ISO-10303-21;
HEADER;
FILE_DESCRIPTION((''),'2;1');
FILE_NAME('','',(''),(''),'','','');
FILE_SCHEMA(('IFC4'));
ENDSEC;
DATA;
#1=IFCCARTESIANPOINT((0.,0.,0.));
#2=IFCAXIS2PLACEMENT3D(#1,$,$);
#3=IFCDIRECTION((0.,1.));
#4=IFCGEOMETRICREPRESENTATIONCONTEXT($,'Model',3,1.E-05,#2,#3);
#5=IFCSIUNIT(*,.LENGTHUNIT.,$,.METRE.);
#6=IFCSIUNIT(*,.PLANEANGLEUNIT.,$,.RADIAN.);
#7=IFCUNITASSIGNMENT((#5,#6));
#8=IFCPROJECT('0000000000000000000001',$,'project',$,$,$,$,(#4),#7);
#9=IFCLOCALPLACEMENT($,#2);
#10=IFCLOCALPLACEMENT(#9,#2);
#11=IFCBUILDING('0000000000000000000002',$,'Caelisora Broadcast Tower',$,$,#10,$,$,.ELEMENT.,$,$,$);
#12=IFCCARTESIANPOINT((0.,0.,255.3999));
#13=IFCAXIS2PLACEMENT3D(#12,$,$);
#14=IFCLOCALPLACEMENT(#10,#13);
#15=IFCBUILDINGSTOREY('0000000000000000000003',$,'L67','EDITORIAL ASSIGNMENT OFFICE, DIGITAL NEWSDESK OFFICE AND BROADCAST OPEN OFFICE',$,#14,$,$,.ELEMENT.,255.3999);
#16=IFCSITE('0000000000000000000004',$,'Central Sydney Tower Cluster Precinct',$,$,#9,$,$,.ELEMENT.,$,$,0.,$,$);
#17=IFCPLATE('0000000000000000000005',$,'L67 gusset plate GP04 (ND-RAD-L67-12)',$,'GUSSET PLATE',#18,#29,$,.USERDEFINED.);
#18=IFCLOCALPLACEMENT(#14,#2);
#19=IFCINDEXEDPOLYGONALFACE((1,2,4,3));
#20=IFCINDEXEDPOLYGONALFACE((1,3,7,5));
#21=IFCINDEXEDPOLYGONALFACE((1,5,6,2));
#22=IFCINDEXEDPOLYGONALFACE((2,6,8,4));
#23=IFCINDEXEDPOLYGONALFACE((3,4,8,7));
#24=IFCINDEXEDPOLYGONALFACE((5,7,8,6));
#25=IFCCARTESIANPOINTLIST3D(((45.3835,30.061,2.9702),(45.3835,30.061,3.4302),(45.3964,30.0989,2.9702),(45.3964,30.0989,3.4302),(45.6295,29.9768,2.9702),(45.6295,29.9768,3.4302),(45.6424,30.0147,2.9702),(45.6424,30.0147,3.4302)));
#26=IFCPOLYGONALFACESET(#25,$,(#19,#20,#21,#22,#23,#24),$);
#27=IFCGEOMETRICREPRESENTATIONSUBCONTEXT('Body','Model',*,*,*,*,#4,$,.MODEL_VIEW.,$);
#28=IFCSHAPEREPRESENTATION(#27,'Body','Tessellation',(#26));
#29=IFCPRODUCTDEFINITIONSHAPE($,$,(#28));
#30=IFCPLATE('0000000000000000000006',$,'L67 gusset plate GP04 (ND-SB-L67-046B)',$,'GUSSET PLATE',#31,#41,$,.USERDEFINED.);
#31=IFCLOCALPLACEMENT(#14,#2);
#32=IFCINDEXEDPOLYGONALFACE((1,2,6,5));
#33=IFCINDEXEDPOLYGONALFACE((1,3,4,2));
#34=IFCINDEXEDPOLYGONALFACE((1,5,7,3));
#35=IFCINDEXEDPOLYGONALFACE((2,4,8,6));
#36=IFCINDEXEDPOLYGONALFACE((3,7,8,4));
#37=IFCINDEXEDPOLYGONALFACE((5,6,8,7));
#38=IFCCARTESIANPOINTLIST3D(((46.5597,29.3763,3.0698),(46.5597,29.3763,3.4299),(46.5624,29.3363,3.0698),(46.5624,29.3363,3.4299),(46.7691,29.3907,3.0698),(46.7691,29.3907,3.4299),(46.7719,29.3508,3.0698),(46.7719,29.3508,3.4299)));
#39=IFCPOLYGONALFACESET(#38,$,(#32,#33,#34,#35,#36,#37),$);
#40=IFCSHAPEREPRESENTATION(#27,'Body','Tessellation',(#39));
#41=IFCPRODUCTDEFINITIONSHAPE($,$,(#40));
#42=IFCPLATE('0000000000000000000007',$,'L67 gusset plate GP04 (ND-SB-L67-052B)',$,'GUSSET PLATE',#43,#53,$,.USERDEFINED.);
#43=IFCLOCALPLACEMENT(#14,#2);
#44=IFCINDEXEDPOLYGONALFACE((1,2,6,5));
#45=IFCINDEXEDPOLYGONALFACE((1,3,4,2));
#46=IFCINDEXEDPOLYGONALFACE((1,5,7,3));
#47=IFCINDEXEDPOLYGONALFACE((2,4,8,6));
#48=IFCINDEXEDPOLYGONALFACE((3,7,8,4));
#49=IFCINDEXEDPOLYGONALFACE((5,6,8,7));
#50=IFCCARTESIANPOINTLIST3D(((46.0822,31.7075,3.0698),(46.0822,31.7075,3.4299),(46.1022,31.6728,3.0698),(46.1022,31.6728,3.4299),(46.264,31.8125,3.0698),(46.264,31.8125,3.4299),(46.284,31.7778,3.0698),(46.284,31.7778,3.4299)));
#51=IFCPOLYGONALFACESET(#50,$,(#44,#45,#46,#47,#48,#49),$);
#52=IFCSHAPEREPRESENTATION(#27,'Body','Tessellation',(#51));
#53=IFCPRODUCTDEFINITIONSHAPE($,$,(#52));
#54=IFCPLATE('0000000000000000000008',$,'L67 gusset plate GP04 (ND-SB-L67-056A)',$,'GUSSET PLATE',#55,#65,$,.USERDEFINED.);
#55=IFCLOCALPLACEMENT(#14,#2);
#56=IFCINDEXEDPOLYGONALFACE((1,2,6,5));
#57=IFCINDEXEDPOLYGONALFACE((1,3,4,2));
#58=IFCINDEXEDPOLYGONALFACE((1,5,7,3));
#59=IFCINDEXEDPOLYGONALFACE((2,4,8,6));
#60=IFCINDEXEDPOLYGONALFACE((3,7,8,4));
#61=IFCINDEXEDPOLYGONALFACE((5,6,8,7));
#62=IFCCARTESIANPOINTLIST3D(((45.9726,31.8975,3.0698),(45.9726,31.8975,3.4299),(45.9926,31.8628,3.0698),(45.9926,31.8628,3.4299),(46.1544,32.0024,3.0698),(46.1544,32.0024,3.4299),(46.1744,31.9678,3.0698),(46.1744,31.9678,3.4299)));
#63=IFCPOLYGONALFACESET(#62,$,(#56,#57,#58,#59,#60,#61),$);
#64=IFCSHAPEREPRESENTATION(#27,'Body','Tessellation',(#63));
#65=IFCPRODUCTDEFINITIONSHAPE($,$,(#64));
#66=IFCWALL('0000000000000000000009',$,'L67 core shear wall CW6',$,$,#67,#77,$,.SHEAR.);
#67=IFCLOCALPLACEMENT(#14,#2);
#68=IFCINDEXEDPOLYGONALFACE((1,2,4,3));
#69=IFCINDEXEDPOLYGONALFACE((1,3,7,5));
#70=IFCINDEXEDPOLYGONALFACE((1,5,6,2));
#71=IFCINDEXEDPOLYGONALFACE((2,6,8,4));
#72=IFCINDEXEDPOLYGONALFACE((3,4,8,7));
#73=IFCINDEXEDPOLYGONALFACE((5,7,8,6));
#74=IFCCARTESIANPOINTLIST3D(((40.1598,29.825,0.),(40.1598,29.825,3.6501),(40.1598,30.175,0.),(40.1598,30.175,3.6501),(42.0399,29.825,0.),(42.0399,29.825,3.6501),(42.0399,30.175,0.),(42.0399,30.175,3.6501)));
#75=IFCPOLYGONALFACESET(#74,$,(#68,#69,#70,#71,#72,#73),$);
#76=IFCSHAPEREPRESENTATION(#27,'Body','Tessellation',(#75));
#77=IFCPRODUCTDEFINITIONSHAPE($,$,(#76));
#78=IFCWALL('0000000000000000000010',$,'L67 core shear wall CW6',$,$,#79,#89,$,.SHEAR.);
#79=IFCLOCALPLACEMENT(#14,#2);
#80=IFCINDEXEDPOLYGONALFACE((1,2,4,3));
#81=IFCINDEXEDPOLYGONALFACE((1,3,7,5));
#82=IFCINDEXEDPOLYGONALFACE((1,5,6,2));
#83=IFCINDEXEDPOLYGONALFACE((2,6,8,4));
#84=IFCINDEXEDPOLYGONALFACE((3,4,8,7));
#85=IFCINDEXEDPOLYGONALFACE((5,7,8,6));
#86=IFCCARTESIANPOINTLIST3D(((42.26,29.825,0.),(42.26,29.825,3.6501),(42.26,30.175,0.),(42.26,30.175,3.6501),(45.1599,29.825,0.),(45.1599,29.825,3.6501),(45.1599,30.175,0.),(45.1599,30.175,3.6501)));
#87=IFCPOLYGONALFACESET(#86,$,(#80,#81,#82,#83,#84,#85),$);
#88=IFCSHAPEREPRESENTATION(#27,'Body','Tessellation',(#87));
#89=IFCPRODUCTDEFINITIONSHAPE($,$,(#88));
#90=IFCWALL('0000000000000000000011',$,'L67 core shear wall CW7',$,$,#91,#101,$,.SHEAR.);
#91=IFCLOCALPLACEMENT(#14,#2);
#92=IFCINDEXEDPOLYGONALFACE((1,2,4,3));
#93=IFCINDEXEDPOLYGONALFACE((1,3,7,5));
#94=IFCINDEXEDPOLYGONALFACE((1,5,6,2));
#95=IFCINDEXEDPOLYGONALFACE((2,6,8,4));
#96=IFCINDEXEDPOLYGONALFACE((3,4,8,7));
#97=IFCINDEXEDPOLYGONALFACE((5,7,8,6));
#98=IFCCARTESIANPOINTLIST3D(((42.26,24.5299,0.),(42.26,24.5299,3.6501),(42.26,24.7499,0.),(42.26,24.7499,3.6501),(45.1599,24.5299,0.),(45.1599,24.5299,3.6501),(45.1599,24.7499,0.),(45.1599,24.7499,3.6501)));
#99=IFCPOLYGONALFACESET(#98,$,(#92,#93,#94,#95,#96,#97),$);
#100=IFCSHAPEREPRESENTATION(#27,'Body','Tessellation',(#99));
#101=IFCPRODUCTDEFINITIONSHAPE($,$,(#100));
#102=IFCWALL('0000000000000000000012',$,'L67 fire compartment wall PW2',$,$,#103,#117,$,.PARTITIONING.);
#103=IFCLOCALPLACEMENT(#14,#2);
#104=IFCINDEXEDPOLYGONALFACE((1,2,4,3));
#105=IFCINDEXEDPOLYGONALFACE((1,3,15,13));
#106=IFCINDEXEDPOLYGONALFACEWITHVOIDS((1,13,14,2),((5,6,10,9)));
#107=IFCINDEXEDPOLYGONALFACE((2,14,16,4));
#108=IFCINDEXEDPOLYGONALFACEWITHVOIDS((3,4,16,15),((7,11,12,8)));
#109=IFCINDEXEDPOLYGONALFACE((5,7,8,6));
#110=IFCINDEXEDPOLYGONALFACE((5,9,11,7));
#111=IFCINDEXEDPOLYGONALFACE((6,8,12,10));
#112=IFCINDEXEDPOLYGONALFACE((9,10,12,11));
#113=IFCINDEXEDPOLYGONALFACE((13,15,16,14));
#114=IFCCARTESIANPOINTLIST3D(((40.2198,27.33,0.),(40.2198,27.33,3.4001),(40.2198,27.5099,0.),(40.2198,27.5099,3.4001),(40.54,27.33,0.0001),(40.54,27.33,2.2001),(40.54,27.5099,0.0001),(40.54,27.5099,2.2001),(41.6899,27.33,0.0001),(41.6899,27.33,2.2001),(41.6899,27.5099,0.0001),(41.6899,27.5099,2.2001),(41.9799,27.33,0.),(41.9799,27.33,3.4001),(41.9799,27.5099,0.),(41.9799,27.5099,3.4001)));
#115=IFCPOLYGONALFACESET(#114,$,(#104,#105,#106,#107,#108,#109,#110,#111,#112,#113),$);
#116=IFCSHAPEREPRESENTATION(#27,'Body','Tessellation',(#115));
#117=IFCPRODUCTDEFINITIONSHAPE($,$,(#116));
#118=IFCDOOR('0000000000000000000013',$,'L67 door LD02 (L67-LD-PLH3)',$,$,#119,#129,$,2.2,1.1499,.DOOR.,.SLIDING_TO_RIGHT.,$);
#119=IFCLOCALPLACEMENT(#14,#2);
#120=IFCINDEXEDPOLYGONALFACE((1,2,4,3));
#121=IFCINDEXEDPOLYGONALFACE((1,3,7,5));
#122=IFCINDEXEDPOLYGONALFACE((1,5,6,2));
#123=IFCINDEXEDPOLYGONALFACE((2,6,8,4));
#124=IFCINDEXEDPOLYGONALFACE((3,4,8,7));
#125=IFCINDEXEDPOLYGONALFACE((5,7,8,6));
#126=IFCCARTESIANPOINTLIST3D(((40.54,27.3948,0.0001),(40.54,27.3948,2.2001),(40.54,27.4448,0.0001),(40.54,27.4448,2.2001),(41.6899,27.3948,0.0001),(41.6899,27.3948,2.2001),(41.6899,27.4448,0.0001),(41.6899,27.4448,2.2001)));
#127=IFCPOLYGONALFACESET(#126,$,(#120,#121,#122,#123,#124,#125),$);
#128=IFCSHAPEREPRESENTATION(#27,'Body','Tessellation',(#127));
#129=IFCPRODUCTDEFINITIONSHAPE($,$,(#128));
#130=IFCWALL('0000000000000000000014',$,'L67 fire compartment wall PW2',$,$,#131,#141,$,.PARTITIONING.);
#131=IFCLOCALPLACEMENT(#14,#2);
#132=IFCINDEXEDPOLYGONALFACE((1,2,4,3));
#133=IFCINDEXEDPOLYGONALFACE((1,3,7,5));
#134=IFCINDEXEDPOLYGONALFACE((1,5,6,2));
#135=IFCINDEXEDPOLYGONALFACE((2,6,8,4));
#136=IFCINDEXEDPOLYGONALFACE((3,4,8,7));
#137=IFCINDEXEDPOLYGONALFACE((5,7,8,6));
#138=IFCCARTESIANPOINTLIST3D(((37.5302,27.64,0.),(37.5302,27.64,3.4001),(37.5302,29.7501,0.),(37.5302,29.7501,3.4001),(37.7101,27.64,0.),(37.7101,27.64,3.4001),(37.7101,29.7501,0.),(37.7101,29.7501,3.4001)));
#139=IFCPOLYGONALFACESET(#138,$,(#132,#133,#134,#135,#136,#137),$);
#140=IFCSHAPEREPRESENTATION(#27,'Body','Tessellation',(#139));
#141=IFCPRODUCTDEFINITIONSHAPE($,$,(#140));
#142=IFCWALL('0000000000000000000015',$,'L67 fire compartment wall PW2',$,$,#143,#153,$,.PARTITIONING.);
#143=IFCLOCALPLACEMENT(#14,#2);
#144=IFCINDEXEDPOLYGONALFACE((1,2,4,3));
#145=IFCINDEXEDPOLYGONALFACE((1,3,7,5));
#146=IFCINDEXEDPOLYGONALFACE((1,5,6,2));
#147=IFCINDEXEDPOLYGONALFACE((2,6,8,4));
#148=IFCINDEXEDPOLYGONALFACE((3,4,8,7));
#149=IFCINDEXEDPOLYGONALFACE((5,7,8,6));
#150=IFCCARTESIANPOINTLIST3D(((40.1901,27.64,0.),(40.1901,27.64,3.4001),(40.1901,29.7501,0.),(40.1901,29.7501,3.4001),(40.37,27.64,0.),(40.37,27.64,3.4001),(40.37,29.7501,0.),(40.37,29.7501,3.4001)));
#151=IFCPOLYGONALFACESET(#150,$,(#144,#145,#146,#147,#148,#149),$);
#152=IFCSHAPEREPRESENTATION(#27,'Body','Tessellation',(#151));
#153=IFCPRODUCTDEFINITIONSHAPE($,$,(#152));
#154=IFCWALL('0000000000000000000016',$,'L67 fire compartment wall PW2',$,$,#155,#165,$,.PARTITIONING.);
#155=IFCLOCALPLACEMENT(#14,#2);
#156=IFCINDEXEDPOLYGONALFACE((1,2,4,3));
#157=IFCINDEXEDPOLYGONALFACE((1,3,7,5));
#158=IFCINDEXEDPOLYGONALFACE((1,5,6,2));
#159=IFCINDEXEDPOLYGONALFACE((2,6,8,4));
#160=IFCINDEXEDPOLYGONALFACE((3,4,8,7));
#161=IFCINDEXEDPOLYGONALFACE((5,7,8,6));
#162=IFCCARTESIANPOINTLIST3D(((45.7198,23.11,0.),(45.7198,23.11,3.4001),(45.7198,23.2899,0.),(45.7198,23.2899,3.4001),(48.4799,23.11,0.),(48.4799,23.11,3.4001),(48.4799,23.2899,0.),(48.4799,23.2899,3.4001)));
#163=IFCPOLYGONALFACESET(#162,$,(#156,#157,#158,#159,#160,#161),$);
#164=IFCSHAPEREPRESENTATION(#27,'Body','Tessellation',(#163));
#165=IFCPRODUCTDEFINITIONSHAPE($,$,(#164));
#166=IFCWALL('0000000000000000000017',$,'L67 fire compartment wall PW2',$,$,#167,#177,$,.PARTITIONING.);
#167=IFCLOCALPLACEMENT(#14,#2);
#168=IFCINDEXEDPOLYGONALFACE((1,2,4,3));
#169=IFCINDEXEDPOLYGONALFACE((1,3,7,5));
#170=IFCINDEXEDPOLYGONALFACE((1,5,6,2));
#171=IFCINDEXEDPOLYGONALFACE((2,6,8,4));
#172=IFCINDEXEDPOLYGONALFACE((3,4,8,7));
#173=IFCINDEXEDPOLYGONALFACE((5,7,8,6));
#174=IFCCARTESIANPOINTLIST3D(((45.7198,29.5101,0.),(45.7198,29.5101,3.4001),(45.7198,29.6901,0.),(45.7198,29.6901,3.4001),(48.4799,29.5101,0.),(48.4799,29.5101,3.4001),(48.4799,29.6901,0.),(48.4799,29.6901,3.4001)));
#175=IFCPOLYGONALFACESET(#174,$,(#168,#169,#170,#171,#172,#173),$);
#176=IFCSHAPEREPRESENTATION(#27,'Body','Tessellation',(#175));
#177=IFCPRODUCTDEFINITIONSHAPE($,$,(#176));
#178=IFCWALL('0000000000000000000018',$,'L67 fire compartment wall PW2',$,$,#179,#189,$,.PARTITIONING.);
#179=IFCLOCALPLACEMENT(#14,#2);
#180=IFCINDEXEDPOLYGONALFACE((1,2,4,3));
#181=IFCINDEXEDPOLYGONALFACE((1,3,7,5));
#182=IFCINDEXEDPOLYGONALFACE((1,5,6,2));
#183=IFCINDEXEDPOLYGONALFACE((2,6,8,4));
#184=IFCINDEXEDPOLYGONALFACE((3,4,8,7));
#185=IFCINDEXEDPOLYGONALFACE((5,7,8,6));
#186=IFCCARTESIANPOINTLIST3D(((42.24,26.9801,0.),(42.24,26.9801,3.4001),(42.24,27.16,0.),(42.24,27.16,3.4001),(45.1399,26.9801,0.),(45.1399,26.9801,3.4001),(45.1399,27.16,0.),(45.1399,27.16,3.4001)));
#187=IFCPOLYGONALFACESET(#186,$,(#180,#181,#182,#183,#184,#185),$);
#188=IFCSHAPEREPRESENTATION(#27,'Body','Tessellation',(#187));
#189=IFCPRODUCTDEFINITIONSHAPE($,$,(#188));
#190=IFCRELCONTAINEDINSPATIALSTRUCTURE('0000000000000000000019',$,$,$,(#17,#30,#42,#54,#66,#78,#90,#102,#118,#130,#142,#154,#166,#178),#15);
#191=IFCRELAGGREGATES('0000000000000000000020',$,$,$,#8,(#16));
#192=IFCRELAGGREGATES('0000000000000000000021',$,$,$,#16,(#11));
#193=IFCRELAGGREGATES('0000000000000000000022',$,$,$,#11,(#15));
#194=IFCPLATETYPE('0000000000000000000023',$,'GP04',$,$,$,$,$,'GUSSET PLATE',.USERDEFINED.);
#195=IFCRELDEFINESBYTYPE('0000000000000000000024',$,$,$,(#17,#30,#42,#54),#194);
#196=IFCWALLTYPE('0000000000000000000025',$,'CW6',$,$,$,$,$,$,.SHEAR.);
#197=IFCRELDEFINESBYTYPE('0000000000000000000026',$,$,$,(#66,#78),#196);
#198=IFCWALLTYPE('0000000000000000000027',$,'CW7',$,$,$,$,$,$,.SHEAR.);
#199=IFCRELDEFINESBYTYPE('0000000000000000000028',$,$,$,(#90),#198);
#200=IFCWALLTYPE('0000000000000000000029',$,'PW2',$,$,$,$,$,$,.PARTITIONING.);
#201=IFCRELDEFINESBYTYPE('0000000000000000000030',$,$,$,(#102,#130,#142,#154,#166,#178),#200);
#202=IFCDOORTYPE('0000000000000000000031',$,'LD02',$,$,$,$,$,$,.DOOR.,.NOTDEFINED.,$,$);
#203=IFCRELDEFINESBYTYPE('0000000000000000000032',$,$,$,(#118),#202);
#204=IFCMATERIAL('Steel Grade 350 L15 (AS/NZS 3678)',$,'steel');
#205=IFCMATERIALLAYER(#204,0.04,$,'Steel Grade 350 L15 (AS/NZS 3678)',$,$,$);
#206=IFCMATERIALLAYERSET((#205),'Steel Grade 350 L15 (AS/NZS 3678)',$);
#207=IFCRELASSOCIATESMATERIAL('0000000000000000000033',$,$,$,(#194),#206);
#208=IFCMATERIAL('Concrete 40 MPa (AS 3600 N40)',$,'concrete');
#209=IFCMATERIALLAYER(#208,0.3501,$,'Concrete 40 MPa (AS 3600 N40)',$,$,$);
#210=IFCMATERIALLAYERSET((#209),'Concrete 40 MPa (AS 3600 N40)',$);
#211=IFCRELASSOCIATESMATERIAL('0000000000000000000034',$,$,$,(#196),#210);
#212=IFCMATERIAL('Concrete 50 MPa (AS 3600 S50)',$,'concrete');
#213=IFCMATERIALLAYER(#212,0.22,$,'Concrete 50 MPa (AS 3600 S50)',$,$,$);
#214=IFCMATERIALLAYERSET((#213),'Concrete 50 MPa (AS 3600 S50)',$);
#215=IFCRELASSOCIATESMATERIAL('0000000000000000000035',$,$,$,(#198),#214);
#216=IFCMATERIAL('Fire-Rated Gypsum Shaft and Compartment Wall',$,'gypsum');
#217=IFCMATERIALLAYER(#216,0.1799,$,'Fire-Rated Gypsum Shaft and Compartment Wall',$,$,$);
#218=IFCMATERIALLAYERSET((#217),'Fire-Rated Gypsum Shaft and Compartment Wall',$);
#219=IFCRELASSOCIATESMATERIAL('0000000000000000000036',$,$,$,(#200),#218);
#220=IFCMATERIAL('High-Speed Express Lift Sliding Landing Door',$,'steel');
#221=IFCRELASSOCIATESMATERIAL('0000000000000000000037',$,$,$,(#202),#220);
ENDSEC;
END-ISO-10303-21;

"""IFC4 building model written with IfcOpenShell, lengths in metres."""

from ifc_helpers import new_model, si_unit, direction, frame, frame_2d, origin, origin_2d, place, context, subcontext, project, spatial, rectangle, extrude, source, transform, mapped, material, layer, layer_set, type_object, type_shapes, element, fill, save


model = new_model("IFC4")

# Units and contexts
model_context = context("Model", 3, precision=1e-05, world=origin(), true_north=direction((0.0, 1.0)))
body_context = subcontext(model_context, "Body", "Model", "MODEL_VIEW")
ifc_project = project(units=[si_unit("LENGTHUNIT", "METRE"), si_unit("PLANEANGLEUNIT", "RADIAN")], contexts=[model_context])

# Site, building, storey
site_placement = place(None, origin())
site = spatial("IfcSite", under=ifc_project, at=site_placement, Name="Central Sydney Tower Cluster Precinct", CompositionType="ELEMENT", RefElevation=0.0)
building_placement = place(site_placement, origin())
building = spatial("IfcBuilding", under=site, at=building_placement, Name="Caelisora Broadcast Tower", CompositionType="ELEMENT")
storey_placement = place(building_placement, frame((0.0, 0.0, 255.3999)))
storey = spatial("IfcBuildingStorey", under=building, at=storey_placement, Name="L67", Description="EDITORIAL ASSIGNMENT OFFICE, DIGITAL NEWSDESK OFFICE AND BROADCAST OPEN OFFICE", CompositionType="ELEMENT", Elevation=255.3999)

# Shared definitions
ifc_material_1 = material(Name="Concrete 50 MPa (AS 3600 S50)", Category="concrete")

# Plates
ifc_material_2 = material(Name="Steel Grade 350 L15 (AS/NZS 3678)", Category="steel")
ifc_layer_1 = layer(ifc_material_2, 0.04, Name="Steel Grade 350 L15 (AS/NZS 3678)")
ifc_layer_set_1 = layer_set([ifc_layer_1], Name="Steel Grade 350 L15 (AS/NZS 3678)")
plate_type = type_object("IfcPlateType", Name="GP04", ElementType="GUSSET PLATE", PredefinedType="USERDEFINED", material=ifc_layer_set_1)
shared_shape_1 = source(origin(), body_context, "Body", "SweptSolid", [
    extrude(rectangle(XDim=0.26, YDim=0.04, at=origin_2d()), origin(), (0.0, 0.0, 1.0), 0.46),
])
for number, where, z_axis, x_axis, name in (
    (1, (45.5129, 30.0378, 2.9702), (0.0, 0.0, 1.0), (-0.946198, 0.323587, 0.0), "L67 gusset plate GP04 (ND-RAD-L67-12)"),
):
    element("IfcPlate", number, at=place(storey_placement, frame(where, z_axis=z_axis, x_axis=x_axis)), inside=storey, type_object=plate_type, Name=name, ObjectType="GUSSET PLATE", PredefinedType="USERDEFINED", context=body_context, shape_type="MappedRepresentation", body=[
        mapped(shared_shape_1, transform((0.0, 0.0, 0.0), scale=1.0)),
    ])
shared_shape_2 = source(origin(), body_context, "Body", "SweptSolid", [
    extrude(rectangle(XDim=0.21, YDim=0.04, at=origin_2d()), origin(), (0.0, 0.0, 1.0), 0.3601),
])
type_shapes(plate_type, [shared_shape_1, shared_shape_2])
for number, where, z_axis, x_axis, name in (
    (2, (46.6658, 29.3635, 3.0698), (0.0, 0.0, 1.0), (-0.997637, -0.068712, 0.0), "L67 gusset plate GP04 (ND-SB-L67-046B)"),
    (3, (46.1831, 31.7427, 3.0698), (0.0, 0.0, 1.0), (-0.866025, -0.5, 0.0), "L67 gusset plate GP04 (ND-SB-L67-052B)"),
    (4, (46.0735, 31.9326, 3.0698), (0.0, 0.0, 1.0), (-0.866025, -0.5, 0.0), "L67 gusset plate GP04 (ND-SB-L67-056A)"),
):
    element("IfcPlate", number, at=place(storey_placement, frame(where, z_axis=z_axis, x_axis=x_axis)), inside=storey, type_object=plate_type, Name=name, ObjectType="GUSSET PLATE", PredefinedType="USERDEFINED", context=body_context, shape_type="MappedRepresentation", body=[
        mapped(shared_shape_2, transform((0.0, 0.0, 0.0), scale=1.0)),
    ])

# Walls
ifc_material_3 = material(Name="Concrete 40 MPa (AS 3600 N40)", Category="concrete")
ifc_layer_2 = layer(ifc_material_3, 0.3501, Name="Concrete 40 MPa (AS 3600 N40)")
ifc_layer_set_2 = layer_set([ifc_layer_2], Name="Concrete 40 MPa (AS 3600 N40)")
wall_type_1 = type_object("IfcWallType", Name="CW6", PredefinedType="SHEAR", material=ifc_layer_set_2)
wall_1_placement = place(storey_placement, frame((40.1599, 30.0, 0.0), z_axis=(0.0, 0.0, 1.0), x_axis=(1.0, 0.0, 0.0)))
element("IfcWall", 5, at=wall_1_placement, inside=storey, type_object=wall_type_1, Name="L67 core shear wall CW6", PredefinedType="SHEAR", context=body_context, shape_type="SweptSolid", body=[
    extrude(rectangle(XDim=1.8801, YDim=0.3501, at=frame_2d((0.9399, 0.0))), origin(), (0.0, 0.0, 1.0), 3.6501),
])
wall_2_placement = place(storey_placement, frame((42.26, 30.0, 0.0), z_axis=(0.0, 0.0, 1.0), x_axis=(1.0, 0.0, 0.0)))
element("IfcWall", 6, at=wall_2_placement, inside=storey, type_object=wall_type_1, Name="L67 core shear wall CW6", PredefinedType="SHEAR", context=body_context, shape_type="SweptSolid", body=[
    extrude(rectangle(XDim=2.8999, YDim=0.3501, at=frame_2d((1.45, 0.0))), origin(), (0.0, 0.0, 1.0), 3.6501),
])
ifc_layer_3 = layer(ifc_material_1, 0.22, Name="Concrete 50 MPa (AS 3600 S50)")
ifc_layer_set_3 = layer_set([ifc_layer_3], Name="Concrete 50 MPa (AS 3600 S50)")
wall_type_2 = type_object("IfcWallType", Name="CW7", PredefinedType="SHEAR", material=ifc_layer_set_3)
wall_3_placement = place(storey_placement, frame((42.26, 24.6399, 0.0), z_axis=(0.0, 0.0, 1.0), x_axis=(1.0, 0.0, 0.0)))
element("IfcWall", 7, at=wall_3_placement, inside=storey, type_object=wall_type_2, Name="L67 core shear wall CW7", PredefinedType="SHEAR", context=body_context, shape_type="SweptSolid", body=[
    extrude(rectangle(XDim=2.8999, YDim=0.22, at=frame_2d((1.45, 0.0))), origin(), (0.0, 0.0, 1.0), 3.6501),
])

# Wall, opening, door
ifc_material_4 = material(Name="Fire-Rated Gypsum Shaft and Compartment Wall", Category="gypsum")
ifc_layer_4 = layer(ifc_material_4, 0.1799, Name="Fire-Rated Gypsum Shaft and Compartment Wall")
ifc_layer_set_4 = layer_set([ifc_layer_4], Name="Fire-Rated Gypsum Shaft and Compartment Wall")
wall_type_3 = type_object("IfcWallType", Name="PW2", PredefinedType="PARTITIONING", material=ifc_layer_set_4)
wall_4_placement = place(storey_placement, frame((40.22, 27.4199, 0.0), z_axis=(0.0, 0.0, 1.0), x_axis=(1.0, 0.0, 0.0)))
wall_4 = element("IfcWall", 8, at=wall_4_placement, inside=storey, type_object=wall_type_3, Name="L67 fire compartment wall PW2", PredefinedType="PARTITIONING", context=body_context, shape_type="SweptSolid", body=[
    extrude(rectangle(XDim=1.76, YDim=0.1799, at=frame_2d((0.8799, 0.0))), origin(), (0.0, 0.0, 1.0), 3.4001),
])
opening_1_placement = place(wall_4_placement, frame((0.3201, 0.0, 0.0)))
opening_1 = element("IfcOpeningElement", 9, at=opening_1_placement, cuts=wall_4, PredefinedType="OPENING", context=body_context, shape_type="SweptSolid", body=[
    extrude(rectangle(XDim=1.1499, YDim=2.2, at=frame_2d((0.575, 1.1001))), frame((0.0, 0.1021, 0.0), z_axis=(0.0, -1.0, 0.0), x_axis=(1.0, 0.0, 0.0)), (0.0, 0.0, 1.0), 0.2039),
])
ifc_material_5 = material(Name="High-Speed Express Lift Sliding Landing Door", Category="steel")
door_type_1 = type_object("IfcDoorType", Name="LD02", OperationType="NOTDEFINED", PredefinedType="DOOR", material=ifc_material_5)
door_1_placement = place(opening_1_placement, origin())
door_1 = element("IfcDoor", 10, at=door_1_placement, inside=storey, type_object=door_type_1, Name="L67 door LD02 (L67-LD-PLH3)", OperationType="SLIDING_TO_RIGHT", OverallHeight=2.2, OverallWidth=1.1499, PredefinedType="DOOR", context=body_context, shape_type="SweptSolid", body=[
    extrude(rectangle(XDim=1.1499, YDim=2.2, at=frame_2d((0.575, 1.1001))), frame((0.0, 0.0249, 0.0), z_axis=(0.0, -1.0, 0.0), x_axis=(1.0, 0.0, 0.0)), (0.0, 0.0, 1.0), 0.05),
])
fill(opening_1, door_1)

# Walls
for number, where, z_axis, x_axis, name in (
    (11, (37.6201, 27.6399, 0.0), (0.0, 0.0, 1.0), (0.0, 1.0, 0.0), "L67 fire compartment wall PW2"),
    (12, (40.28, 27.6399, 0.0), (0.0, 0.0, 1.0), (0.0, 1.0, 0.0), "L67 fire compartment wall PW2"),
):
    element("IfcWall", number, at=place(storey_placement, frame(where, z_axis=z_axis, x_axis=x_axis)), inside=storey, type_object=wall_type_3, Name=name, PredefinedType="PARTITIONING", context=body_context, shape_type="SweptSolid", body=[
        extrude(rectangle(XDim=2.1101, YDim=0.1799, at=frame_2d((1.0552, 0.0))), origin(), (0.0, 0.0, 1.0), 3.4001),
    ])
for number, where, z_axis, x_axis, name in (
    (13, (45.72, 23.2, 0.0), (0.0, 0.0, 1.0), (1.0, 0.0, 0.0), "L67 fire compartment wall PW2"),
    (14, (45.72, 29.6001, 0.0), (0.0, 0.0, 1.0), (1.0, 0.0, 0.0), "L67 fire compartment wall PW2"),
):
    element("IfcWall", number, at=place(storey_placement, frame(where, z_axis=z_axis, x_axis=x_axis)), inside=storey, type_object=wall_type_3, Name=name, PredefinedType="PARTITIONING", context=body_context, shape_type="SweptSolid", body=[
        extrude(rectangle(XDim=2.76, YDim=0.1799, at=frame_2d((1.3799, 0.0))), origin(), (0.0, 0.0, 1.0), 3.4001),
    ])
wall_5_placement = place(storey_placement, frame((42.24, 27.0701, 0.0), z_axis=(0.0, 0.0, 1.0), x_axis=(1.0, 0.0, 0.0)))
element("IfcWall", 15, at=wall_5_placement, inside=storey, type_object=wall_type_3, Name="L67 fire compartment wall PW2", PredefinedType="PARTITIONING", context=body_context, shape_type="SweptSolid", body=[
    extrude(rectangle(XDim=2.8999, YDim=0.1799, at=frame_2d((1.45, 0.0))), origin(), (0.0, 0.0, 1.0), 3.4001),
])

save(model, "model.ifc")
